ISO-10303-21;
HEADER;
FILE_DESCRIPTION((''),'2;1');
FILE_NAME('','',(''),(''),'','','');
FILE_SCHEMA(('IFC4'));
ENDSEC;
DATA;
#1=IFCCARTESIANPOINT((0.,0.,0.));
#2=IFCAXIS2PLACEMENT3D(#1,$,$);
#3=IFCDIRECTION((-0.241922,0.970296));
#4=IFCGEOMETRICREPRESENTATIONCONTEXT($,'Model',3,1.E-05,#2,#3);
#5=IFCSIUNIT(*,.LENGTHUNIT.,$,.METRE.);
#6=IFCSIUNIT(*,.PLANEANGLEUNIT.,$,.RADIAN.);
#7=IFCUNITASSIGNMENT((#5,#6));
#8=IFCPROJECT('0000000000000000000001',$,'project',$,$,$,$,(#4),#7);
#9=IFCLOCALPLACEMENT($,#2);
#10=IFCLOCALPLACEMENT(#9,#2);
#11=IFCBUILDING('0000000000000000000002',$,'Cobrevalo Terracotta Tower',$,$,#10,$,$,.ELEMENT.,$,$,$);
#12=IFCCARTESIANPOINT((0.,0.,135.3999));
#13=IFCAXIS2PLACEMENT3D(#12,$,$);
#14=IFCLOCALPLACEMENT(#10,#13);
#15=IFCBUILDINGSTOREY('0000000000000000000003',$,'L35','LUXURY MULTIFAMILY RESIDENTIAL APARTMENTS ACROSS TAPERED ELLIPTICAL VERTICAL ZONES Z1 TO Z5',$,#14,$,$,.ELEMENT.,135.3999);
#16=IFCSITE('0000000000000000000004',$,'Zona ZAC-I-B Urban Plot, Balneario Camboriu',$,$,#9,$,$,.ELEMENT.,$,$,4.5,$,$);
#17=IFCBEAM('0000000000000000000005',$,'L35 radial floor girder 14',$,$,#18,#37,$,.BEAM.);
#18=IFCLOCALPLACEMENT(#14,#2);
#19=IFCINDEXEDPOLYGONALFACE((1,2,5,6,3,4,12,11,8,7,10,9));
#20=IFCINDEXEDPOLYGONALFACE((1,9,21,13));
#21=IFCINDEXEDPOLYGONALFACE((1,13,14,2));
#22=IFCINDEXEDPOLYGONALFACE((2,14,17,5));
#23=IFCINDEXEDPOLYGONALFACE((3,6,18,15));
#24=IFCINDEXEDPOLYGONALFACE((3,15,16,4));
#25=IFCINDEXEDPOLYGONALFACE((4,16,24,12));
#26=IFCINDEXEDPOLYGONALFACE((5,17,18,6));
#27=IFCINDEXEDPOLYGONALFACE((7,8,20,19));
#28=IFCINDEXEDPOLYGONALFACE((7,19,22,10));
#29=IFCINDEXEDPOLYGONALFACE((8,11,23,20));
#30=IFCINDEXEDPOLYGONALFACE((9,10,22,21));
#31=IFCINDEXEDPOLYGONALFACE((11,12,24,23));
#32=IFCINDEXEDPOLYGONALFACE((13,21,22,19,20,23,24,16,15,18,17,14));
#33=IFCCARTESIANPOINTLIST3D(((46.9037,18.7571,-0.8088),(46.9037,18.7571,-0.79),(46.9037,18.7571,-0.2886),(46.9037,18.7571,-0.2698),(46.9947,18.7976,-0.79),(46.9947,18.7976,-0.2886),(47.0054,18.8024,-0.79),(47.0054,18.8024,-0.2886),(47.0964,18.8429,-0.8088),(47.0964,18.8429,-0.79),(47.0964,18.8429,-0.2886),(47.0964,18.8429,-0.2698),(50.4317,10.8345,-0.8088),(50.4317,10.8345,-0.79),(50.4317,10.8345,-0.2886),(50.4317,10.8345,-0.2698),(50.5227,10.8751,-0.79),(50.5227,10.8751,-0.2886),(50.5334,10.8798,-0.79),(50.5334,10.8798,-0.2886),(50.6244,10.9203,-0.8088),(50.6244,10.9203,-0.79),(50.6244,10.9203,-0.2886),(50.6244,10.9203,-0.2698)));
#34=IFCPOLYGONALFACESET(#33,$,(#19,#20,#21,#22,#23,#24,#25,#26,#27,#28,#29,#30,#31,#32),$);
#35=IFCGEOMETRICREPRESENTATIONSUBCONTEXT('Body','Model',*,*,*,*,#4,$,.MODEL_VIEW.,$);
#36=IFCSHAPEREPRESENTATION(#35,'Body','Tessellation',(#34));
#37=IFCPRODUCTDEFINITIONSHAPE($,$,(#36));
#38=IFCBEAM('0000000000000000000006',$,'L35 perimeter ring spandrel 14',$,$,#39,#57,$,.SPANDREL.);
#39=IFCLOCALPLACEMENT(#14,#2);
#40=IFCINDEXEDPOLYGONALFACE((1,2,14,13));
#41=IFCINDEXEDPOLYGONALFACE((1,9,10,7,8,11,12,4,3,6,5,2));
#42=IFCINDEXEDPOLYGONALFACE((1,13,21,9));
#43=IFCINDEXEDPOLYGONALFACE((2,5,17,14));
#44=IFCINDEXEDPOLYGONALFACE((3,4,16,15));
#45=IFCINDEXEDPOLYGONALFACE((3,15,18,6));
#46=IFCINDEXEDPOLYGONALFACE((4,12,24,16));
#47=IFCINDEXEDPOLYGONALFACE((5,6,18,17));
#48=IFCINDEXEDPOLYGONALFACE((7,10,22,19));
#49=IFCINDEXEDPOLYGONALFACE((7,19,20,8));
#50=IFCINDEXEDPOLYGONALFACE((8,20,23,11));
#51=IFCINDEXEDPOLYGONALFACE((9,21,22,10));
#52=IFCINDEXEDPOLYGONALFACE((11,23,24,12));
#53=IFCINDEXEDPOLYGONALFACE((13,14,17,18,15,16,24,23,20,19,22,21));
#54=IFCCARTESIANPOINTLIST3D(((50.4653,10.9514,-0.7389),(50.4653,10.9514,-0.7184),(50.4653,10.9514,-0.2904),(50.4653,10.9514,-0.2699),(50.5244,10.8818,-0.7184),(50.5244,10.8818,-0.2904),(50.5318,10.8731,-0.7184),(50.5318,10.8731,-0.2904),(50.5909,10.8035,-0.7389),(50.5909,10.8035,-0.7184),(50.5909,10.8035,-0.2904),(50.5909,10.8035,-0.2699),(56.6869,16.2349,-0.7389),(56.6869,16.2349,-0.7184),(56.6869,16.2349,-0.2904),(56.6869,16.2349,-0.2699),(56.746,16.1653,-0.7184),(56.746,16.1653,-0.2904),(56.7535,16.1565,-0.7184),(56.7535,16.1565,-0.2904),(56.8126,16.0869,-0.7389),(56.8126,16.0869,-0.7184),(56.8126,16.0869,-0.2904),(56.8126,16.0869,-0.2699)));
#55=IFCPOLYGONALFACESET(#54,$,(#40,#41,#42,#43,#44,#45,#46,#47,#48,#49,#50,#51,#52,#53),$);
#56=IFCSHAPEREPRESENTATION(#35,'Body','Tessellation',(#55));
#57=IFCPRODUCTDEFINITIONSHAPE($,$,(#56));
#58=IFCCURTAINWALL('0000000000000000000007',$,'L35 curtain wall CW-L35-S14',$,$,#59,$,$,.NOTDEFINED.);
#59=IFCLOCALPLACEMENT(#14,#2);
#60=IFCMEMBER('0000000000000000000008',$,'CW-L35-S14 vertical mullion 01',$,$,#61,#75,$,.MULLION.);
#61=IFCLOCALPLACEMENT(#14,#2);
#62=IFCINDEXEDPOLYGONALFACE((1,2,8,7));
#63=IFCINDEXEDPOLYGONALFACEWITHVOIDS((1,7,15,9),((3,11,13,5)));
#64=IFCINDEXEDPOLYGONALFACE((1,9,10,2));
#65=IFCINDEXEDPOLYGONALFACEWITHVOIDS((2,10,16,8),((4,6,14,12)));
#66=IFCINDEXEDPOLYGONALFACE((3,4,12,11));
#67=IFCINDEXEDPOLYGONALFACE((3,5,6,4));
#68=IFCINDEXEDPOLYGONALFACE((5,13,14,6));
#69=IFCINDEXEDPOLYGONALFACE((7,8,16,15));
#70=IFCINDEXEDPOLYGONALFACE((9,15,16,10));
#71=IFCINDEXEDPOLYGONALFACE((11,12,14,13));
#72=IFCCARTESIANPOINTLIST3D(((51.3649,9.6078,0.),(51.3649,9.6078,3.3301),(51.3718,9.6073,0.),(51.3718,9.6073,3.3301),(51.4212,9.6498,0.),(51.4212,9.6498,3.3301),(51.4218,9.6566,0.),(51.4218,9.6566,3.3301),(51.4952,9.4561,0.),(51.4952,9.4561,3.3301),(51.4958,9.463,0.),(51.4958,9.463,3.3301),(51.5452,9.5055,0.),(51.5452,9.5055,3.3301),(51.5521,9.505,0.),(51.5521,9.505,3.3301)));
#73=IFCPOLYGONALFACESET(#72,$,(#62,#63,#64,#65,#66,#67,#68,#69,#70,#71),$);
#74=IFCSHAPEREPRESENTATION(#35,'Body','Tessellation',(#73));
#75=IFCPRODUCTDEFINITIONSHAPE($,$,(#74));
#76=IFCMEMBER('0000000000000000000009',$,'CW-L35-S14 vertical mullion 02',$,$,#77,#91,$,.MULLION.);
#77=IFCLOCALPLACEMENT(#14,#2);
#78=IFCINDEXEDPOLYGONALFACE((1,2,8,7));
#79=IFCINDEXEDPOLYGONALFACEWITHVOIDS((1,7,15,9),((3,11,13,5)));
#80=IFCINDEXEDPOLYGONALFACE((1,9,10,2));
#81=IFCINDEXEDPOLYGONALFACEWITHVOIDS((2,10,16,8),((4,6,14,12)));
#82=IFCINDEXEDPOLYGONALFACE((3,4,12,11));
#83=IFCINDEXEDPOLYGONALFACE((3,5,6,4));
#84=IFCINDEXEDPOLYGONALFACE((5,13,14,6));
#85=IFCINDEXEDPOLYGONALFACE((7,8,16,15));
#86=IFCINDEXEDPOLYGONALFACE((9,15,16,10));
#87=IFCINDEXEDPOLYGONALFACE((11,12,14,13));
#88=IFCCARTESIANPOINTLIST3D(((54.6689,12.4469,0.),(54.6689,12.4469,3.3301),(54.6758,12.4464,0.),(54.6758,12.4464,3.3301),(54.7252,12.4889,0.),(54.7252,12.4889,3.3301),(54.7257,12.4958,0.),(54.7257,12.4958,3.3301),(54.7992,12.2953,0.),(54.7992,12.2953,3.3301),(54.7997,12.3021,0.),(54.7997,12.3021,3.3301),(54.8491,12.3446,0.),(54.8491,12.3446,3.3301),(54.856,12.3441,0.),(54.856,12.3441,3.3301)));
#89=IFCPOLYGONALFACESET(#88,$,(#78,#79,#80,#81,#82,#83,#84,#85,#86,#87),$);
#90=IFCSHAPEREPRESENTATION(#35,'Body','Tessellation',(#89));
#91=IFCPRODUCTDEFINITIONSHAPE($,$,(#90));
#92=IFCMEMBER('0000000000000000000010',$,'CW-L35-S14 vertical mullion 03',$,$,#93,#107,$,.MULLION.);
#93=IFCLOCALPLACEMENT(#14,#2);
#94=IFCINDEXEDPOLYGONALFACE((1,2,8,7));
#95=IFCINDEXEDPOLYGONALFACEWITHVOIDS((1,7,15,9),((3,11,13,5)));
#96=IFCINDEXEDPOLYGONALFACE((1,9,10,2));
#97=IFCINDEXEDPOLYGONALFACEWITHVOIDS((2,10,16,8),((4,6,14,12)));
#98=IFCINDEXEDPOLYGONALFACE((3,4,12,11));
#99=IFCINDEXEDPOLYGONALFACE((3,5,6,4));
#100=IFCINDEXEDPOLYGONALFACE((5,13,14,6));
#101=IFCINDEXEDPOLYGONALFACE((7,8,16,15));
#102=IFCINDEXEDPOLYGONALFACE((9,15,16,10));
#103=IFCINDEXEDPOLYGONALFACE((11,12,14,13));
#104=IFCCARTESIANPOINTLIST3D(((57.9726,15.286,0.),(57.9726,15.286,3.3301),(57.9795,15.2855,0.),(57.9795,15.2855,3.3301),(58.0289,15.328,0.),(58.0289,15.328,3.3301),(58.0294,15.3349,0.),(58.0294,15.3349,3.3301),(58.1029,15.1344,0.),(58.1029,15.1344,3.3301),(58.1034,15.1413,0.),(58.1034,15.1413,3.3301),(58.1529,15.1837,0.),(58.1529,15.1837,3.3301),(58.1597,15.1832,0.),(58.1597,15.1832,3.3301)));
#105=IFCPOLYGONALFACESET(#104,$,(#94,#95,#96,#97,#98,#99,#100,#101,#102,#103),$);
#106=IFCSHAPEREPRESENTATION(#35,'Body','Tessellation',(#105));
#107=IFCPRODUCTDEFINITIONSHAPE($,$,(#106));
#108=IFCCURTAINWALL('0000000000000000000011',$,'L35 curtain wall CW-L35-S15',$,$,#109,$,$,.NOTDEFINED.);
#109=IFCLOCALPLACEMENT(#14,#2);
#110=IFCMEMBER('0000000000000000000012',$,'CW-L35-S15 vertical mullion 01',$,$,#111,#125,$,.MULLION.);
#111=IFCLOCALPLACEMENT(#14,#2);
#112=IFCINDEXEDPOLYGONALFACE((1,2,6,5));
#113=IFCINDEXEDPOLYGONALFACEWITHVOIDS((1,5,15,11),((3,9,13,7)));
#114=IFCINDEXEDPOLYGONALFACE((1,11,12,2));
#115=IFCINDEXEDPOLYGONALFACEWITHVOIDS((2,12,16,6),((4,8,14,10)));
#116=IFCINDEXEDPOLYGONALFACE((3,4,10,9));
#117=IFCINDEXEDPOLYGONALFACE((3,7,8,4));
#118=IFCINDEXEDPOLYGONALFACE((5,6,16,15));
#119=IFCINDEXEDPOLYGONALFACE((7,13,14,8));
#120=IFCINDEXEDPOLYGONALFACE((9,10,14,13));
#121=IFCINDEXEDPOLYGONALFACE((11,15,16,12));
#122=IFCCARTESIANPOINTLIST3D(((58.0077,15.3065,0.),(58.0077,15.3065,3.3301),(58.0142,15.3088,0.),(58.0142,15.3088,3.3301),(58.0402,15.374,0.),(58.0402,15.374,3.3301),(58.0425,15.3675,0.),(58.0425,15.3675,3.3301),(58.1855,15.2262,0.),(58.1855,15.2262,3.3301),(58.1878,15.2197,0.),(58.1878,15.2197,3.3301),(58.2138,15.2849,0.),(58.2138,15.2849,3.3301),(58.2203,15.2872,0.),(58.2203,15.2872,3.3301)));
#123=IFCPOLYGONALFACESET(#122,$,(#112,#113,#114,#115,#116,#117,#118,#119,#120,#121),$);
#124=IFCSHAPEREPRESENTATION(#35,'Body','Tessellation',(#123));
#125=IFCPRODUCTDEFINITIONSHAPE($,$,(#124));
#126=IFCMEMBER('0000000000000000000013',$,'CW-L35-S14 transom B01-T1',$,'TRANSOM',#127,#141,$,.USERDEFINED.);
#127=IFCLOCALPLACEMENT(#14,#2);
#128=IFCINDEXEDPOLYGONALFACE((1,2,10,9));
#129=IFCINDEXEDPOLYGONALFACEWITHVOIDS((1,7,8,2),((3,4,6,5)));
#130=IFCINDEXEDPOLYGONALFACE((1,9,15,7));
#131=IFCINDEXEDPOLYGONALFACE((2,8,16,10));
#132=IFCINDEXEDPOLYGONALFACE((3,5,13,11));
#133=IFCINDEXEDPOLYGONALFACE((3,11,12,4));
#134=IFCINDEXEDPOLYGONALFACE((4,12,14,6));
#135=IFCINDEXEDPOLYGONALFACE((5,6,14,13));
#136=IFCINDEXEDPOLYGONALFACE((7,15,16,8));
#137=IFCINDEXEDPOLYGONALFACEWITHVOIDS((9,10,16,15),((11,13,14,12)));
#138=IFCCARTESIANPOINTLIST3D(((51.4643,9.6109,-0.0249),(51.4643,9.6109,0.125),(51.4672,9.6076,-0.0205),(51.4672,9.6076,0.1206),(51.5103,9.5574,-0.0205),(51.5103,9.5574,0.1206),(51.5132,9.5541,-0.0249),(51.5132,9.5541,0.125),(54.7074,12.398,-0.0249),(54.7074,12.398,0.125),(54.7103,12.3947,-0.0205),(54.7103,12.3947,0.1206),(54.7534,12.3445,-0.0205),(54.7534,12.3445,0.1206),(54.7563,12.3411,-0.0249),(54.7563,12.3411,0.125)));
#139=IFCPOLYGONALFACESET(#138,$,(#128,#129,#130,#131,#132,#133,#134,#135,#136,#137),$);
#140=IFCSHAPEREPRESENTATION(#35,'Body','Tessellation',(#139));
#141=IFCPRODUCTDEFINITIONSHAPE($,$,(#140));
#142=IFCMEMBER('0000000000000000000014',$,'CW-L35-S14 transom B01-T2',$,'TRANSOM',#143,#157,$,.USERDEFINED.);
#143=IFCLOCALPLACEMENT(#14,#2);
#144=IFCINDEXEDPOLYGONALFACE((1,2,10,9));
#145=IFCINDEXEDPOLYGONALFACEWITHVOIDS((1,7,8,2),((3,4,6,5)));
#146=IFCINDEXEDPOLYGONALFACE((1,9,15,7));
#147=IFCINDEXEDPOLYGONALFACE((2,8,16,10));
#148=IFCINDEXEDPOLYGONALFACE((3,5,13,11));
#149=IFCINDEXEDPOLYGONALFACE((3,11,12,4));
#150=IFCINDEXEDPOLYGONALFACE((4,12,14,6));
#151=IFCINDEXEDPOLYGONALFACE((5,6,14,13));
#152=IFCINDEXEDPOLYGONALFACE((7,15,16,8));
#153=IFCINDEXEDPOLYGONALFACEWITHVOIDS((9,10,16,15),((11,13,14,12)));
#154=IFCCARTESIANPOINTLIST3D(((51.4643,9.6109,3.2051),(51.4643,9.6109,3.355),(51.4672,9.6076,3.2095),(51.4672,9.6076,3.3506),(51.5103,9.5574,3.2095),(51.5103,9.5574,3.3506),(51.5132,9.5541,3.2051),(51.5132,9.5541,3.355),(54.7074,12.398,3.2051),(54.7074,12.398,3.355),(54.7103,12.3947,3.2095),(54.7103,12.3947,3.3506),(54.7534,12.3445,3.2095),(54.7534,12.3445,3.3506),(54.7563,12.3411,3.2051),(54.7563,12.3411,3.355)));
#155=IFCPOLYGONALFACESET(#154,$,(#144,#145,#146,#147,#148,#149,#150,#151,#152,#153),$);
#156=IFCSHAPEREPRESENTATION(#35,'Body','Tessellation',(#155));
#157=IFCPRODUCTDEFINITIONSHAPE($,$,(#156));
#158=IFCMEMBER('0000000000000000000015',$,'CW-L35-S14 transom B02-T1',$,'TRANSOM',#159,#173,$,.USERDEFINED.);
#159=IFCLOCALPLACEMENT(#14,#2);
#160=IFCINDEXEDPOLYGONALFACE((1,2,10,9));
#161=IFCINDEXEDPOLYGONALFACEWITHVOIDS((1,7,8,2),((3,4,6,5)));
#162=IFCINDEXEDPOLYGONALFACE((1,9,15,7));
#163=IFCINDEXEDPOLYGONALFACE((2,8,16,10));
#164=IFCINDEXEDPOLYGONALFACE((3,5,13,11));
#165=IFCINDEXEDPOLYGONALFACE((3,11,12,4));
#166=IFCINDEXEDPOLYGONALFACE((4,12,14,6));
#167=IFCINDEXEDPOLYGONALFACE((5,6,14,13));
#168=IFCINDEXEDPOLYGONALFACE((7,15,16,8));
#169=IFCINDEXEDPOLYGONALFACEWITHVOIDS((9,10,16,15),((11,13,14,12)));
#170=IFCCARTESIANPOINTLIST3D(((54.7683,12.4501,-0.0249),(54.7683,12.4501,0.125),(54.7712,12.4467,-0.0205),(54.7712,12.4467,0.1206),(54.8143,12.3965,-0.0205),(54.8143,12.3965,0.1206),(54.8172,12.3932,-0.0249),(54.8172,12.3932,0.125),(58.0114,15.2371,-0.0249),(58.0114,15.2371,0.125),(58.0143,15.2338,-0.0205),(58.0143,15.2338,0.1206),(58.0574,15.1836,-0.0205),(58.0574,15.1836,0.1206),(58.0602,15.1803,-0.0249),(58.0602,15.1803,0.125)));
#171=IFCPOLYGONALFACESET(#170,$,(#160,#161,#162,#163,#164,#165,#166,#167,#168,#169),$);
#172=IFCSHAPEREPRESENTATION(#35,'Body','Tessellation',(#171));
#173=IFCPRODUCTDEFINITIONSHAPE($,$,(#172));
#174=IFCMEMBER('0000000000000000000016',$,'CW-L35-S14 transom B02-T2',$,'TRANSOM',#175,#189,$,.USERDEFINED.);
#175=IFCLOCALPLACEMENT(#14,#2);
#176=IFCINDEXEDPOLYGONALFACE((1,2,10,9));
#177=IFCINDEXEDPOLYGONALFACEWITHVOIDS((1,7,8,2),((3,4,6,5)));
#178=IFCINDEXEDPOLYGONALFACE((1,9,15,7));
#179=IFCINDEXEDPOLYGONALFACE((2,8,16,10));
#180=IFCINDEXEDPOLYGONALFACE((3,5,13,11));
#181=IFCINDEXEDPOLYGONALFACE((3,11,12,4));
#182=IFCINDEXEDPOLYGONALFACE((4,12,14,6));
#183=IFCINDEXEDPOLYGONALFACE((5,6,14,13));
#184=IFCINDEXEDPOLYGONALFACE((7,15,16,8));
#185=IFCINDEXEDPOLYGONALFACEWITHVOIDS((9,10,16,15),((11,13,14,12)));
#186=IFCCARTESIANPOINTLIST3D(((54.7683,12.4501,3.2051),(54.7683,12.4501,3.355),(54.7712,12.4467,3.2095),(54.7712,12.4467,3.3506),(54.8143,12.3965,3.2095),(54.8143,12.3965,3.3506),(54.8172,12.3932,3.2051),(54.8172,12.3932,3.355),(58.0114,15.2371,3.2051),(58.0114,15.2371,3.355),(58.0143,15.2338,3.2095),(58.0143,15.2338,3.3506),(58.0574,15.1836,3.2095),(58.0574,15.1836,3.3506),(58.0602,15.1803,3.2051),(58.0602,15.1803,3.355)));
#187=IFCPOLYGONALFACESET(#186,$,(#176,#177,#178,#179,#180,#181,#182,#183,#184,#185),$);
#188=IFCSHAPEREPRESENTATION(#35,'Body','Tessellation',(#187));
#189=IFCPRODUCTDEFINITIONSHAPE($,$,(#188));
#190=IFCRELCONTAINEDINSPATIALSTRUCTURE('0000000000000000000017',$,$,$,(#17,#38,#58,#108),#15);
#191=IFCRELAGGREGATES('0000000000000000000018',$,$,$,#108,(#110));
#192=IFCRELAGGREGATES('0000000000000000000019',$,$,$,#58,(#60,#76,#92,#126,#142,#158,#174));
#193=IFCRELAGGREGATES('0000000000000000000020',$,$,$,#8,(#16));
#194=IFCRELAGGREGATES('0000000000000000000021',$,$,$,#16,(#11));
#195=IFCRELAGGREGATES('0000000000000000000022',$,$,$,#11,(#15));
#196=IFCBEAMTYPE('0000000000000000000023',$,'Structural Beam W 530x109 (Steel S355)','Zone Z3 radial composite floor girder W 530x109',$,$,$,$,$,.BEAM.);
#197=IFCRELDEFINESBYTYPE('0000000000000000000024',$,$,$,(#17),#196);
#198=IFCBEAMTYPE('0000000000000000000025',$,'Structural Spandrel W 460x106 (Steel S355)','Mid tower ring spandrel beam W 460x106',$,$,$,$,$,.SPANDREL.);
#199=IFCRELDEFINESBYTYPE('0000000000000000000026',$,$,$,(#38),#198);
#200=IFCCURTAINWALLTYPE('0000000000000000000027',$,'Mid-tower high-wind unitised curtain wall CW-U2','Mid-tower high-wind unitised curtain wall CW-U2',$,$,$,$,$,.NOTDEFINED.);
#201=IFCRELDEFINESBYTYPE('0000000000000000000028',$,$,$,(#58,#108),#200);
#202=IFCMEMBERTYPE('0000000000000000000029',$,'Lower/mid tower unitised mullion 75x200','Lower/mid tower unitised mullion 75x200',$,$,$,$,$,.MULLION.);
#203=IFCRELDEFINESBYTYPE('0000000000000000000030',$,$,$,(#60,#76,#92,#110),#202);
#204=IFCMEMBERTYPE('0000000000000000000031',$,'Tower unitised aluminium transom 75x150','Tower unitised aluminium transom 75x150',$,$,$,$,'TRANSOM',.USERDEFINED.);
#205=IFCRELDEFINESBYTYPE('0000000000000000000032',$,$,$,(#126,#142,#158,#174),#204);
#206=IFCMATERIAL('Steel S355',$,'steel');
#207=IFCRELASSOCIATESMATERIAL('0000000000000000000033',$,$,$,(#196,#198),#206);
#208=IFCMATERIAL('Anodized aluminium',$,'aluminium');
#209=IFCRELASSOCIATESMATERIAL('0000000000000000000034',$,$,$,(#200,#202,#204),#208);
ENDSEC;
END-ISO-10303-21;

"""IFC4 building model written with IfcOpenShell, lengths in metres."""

from ifc_helpers import new_model, si_unit, direction, frame, origin, origin_2d, place, context, subcontext, project, spatial, hollow_rectangle, i_section, extrude, source, transform, mapped, material, material_profile, profile_set, type_object, element, aggregate, save


model = new_model("IFC4")

# Units and contexts
model_context = context("Model", 3, precision=1e-05, world=origin(), true_north=direction((-0.241922, 0.970296)))
body_context = subcontext(model_context, "Body", "Model", "MODEL_VIEW")
ifc_project = project(units=[si_unit("LENGTHUNIT", "METRE"), si_unit("PLANEANGLEUNIT", "RADIAN")], contexts=[model_context])

# Site, building, storey
site_placement = place(None, origin())
site = spatial("IfcSite", under=ifc_project, at=site_placement, Name="Zona ZAC-I-B Urban Plot, Balneario Camboriu", CompositionType="ELEMENT", RefElevation=4.5)
building_placement = place(site_placement, origin())
building = spatial("IfcBuilding", under=site, at=building_placement, Name="Cobrevalo Terracotta Tower", CompositionType="ELEMENT")
storey_placement = place(building_placement, frame((0.0, 0.0, 135.3999)))
storey = spatial("IfcBuildingStorey", under=building, at=storey_placement, Name="L35", Description="LUXURY MULTIFAMILY RESIDENTIAL APARTMENTS ACROSS TAPERED ELLIPTICAL VERTICAL ZONES Z1 TO Z5", CompositionType="ELEMENT", Elevation=135.3999)

# Shared definitions
ifc_material_1 = material(Name="Steel S355", Category="steel")

# Beams
ifc_material_profile_1 = material_profile(ifc_material_1, i_section(OverallWidth=0.2109, OverallDepth=0.5391, WebThickness=0.0117, FlangeThickness=0.0188, at=origin_2d()), Name="W 530x109")
ifc_profile_set_1 = profile_set([ifc_material_profile_1], Name="Steel S355")
beam_type_1 = type_object("IfcBeamType", Name="Structural Beam W 530x109 (Steel S355)", Description="Zone Z3 radial composite floor girder W 530x109", PredefinedType="BEAM", material=ifc_profile_set_1)
beam_1_placement = place(storey_placement, frame((50.5281, 10.8774, -0.5393), z_axis=(-0.406804, 0.913515, 0.0), x_axis=(-0.913515, -0.406804, 0.0)))
element("IfcBeam", 1, at=beam_1_placement, inside=storey, type_object=beam_type_1, Name="L35 radial floor girder 14", PredefinedType="BEAM", context=body_context, shape_type="SweptSolid", body=[
    extrude(i_section(OverallWidth=0.2109, OverallDepth=0.5391, WebThickness=0.0117, FlangeThickness=0.0188, at=origin_2d()), origin(), (0.0, 0.0, 1.0), 8.6726),
])
ifc_material_profile_2 = material_profile(ifc_material_1, i_section(OverallWidth=0.1941, OverallDepth=0.469, WebThickness=0.0115, FlangeThickness=0.0205, at=origin_2d()), Name="W 460x106")
ifc_profile_set_2 = profile_set([ifc_material_profile_2], Name="Steel S355")
beam_type_2 = type_object("IfcBeamType", Name="Structural Spandrel W 460x106 (Steel S355)", Description="Mid tower ring spandrel beam W 460x106", PredefinedType="SPANDREL", material=ifc_profile_set_2)
beam_2_placement = place(storey_placement, frame((50.5281, 10.8774, -0.5044), z_axis=(0.76224, 0.647294, 0.0), x_axis=(-0.647294, 0.76224, 0.0)))
element("IfcBeam", 2, at=beam_2_placement, inside=storey, type_object=beam_type_2, Name="L35 perimeter ring spandrel 14", PredefinedType="SPANDREL", context=body_context, shape_type="SweptSolid", body=[
    extrude(i_section(OverallWidth=0.1941, OverallDepth=0.469, WebThickness=0.0115, FlangeThickness=0.0205, at=origin_2d()), origin(), (0.0, 0.0, 1.0), 8.1624),
])

# Curtain wall, members
ifc_material_2 = material(Name="Anodized aluminium", Category="aluminium")
curtain_wall_type = type_object("IfcCurtainWallType", Name="Mid-tower high-wind unitised curtain wall CW-U2", Description="Mid-tower high-wind unitised curtain wall CW-U2", PredefinedType="NOTDEFINED", material=ifc_material_2)
curtain_wall_1_placement = place(storey_placement, origin())
curtain_wall_1 = element("IfcCurtainWall", 3, at=curtain_wall_1_placement, inside=storey, type_object=curtain_wall_type, Name="L35 curtain wall CW-L35-S14", PredefinedType="NOTDEFINED")
ifc_material_profile_3 = material_profile(ifc_material_2, hollow_rectangle(XDim=0.075, YDim=0.2, WallThickness=0.0049, at=origin_2d()), Name="CWM 75x200")
ifc_profile_set_3 = profile_set([ifc_material_profile_3], Name="Anodized aluminium")
member_type_1 = type_object("IfcMemberType", Name="Lower/mid tower unitised mullion 75x200", Description="Lower/mid tower unitised mullion 75x200", PredefinedType="MULLION", material=ifc_profile_set_3)
shared_shape_1 = source(origin(), body_context, "Body", "SweptSolid", [
    extrude(hollow_rectangle(XDim=0.075, YDim=0.2, WallThickness=0.0049, at=origin_2d()), origin(), (0.0, 0.0, 1.0), 3.3301),
])
member_1_placement = place(storey_placement, frame((51.4585, 9.5564, 0.0), z_axis=(0.0, 0.0, 1.0), x_axis=(0.758442, 0.651741, 0.0)))
member_1 = element("IfcMember", 4, at=member_1_placement, type_object=member_type_1, Name="CW-L35-S14 vertical mullion 01", PredefinedType="MULLION", context=body_context, shape_type="MappedRepresentation", body=[
    mapped(shared_shape_1, transform((0.0, 0.0, 0.0), scale=1.0)),
])
member_2_placement = place(storey_placement, frame((54.7625, 12.3955, 0.0), z_axis=(0.0, 0.0, 1.0), x_axis=(0.758442, 0.651741, 0.0)))
member_2 = element("IfcMember", 5, at=member_2_placement, type_object=member_type_1, Name="CW-L35-S14 vertical mullion 02", PredefinedType="MULLION", context=body_context, shape_type="MappedRepresentation", body=[
    mapped(shared_shape_1, transform((0.0, 0.0, 0.0), scale=1.0)),
])
member_3_placement = place(storey_placement, frame((58.0662, 15.2346, 0.0), z_axis=(0.0, 0.0, 1.0), x_axis=(0.758442, 0.651741, 0.0)))
member_3 = element("IfcMember", 6, at=member_3_placement, type_object=member_type_1, Name="CW-L35-S14 vertical mullion 03", PredefinedType="MULLION", context=body_context, shape_type="MappedRepresentation", body=[
    mapped(shared_shape_1, transform((0.0, 0.0, 0.0), scale=1.0)),
])

# Curtain wall, member
curtain_wall_2_placement = place(storey_placement, origin())
curtain_wall_2 = element("IfcCurtainWall", 7, at=curtain_wall_2_placement, inside=storey, type_object=curtain_wall_type, Name="L35 curtain wall CW-L35-S15", PredefinedType="NOTDEFINED")
member_4_placement = place(storey_placement, frame((58.114, 15.2969, 0.0), z_axis=(0.0, 0.0, 1.0), x_axis=(0.434209, 0.900812, 0.0)))
member_4 = element("IfcMember", 8, at=member_4_placement, type_object=member_type_1, Name="CW-L35-S15 vertical mullion 01", PredefinedType="MULLION", context=body_context, shape_type="MappedRepresentation", body=[
    mapped(shared_shape_1, transform((0.0, 0.0, 0.0), scale=1.0)),
])

# Members
ifc_material_profile_4 = material_profile(ifc_material_2, hollow_rectangle(XDim=0.075, YDim=0.1499, WallThickness=0.0044, at=origin_2d()), Name="CWT 75x150")
ifc_profile_set_4 = profile_set([ifc_material_profile_4], Name="Anodized aluminium")
member_type_2 = type_object("IfcMemberType", Name="Tower unitised aluminium transom 75x150", Description="Tower unitised aluminium transom 75x150", ElementType="TRANSOM", PredefinedType="USERDEFINED", material=ifc_profile_set_4)
shared_shape_2 = source(origin(), body_context, "Body", "SweptSolid", [
    extrude(hollow_rectangle(XDim=0.075, YDim=0.1499, WallThickness=0.0044, at=origin_2d()), origin(), (0.0, 0.0, 1.0), 4.2761),
])
member_5_placement = place(storey_placement, frame((51.4888, 9.5825, 0.05), z_axis=(0.758418, 0.651769, 0.0), x_axis=(-0.651769, 0.758418, 0.0)))
member_5 = element("IfcMember", 9, at=member_5_placement, type_object=member_type_2, Name="CW-L35-S14 transom B01-T1", ObjectType="TRANSOM", PredefinedType="USERDEFINED", context=body_context, shape_type="MappedRepresentation", body=[
    mapped(shared_shape_2, transform((0.0, 0.0, 0.0), scale=1.0)),
])
member_6_placement = place(storey_placement, frame((51.4888, 9.5825, 3.28), z_axis=(0.758418, 0.651769, 0.0), x_axis=(-0.651769, 0.758418, 0.0)))
member_6 = element("IfcMember", 10, at=member_6_placement, type_object=member_type_2, Name="CW-L35-S14 transom B01-T2", ObjectType="TRANSOM", PredefinedType="USERDEFINED", context=body_context, shape_type="MappedRepresentation", body=[
    mapped(shared_shape_2, transform((0.0, 0.0, 0.0), scale=1.0)),
])
member_7_placement = place(storey_placement, frame((54.7927, 12.4216, 0.05), z_axis=(0.758418, 0.651769, 0.0), x_axis=(-0.651769, 0.758418, 0.0)))
member_7 = element("IfcMember", 11, at=member_7_placement, type_object=member_type_2, Name="CW-L35-S14 transom B02-T1", ObjectType="TRANSOM", PredefinedType="USERDEFINED", context=body_context, shape_type="MappedRepresentation", body=[
    mapped(shared_shape_2, transform((0.0, 0.0, 0.0), scale=1.0)),
])
member_8_placement = place(storey_placement, frame((54.7927, 12.4216, 3.28), z_axis=(0.758418, 0.651769, 0.0), x_axis=(-0.651769, 0.758418, 0.0)))
member_8 = element("IfcMember", 12, at=member_8_placement, type_object=member_type_2, Name="CW-L35-S14 transom B02-T2", ObjectType="TRANSOM", PredefinedType="USERDEFINED", context=body_context, shape_type="MappedRepresentation", body=[
    mapped(shared_shape_2, transform((0.0, 0.0, 0.0), scale=1.0)),
])
aggregate(curtain_wall_2, [member_4])

aggregate(curtain_wall_1, [member_1, member_2, member_3, member_5, member_6, member_7, member_8])

save(model, "model.ifc")
